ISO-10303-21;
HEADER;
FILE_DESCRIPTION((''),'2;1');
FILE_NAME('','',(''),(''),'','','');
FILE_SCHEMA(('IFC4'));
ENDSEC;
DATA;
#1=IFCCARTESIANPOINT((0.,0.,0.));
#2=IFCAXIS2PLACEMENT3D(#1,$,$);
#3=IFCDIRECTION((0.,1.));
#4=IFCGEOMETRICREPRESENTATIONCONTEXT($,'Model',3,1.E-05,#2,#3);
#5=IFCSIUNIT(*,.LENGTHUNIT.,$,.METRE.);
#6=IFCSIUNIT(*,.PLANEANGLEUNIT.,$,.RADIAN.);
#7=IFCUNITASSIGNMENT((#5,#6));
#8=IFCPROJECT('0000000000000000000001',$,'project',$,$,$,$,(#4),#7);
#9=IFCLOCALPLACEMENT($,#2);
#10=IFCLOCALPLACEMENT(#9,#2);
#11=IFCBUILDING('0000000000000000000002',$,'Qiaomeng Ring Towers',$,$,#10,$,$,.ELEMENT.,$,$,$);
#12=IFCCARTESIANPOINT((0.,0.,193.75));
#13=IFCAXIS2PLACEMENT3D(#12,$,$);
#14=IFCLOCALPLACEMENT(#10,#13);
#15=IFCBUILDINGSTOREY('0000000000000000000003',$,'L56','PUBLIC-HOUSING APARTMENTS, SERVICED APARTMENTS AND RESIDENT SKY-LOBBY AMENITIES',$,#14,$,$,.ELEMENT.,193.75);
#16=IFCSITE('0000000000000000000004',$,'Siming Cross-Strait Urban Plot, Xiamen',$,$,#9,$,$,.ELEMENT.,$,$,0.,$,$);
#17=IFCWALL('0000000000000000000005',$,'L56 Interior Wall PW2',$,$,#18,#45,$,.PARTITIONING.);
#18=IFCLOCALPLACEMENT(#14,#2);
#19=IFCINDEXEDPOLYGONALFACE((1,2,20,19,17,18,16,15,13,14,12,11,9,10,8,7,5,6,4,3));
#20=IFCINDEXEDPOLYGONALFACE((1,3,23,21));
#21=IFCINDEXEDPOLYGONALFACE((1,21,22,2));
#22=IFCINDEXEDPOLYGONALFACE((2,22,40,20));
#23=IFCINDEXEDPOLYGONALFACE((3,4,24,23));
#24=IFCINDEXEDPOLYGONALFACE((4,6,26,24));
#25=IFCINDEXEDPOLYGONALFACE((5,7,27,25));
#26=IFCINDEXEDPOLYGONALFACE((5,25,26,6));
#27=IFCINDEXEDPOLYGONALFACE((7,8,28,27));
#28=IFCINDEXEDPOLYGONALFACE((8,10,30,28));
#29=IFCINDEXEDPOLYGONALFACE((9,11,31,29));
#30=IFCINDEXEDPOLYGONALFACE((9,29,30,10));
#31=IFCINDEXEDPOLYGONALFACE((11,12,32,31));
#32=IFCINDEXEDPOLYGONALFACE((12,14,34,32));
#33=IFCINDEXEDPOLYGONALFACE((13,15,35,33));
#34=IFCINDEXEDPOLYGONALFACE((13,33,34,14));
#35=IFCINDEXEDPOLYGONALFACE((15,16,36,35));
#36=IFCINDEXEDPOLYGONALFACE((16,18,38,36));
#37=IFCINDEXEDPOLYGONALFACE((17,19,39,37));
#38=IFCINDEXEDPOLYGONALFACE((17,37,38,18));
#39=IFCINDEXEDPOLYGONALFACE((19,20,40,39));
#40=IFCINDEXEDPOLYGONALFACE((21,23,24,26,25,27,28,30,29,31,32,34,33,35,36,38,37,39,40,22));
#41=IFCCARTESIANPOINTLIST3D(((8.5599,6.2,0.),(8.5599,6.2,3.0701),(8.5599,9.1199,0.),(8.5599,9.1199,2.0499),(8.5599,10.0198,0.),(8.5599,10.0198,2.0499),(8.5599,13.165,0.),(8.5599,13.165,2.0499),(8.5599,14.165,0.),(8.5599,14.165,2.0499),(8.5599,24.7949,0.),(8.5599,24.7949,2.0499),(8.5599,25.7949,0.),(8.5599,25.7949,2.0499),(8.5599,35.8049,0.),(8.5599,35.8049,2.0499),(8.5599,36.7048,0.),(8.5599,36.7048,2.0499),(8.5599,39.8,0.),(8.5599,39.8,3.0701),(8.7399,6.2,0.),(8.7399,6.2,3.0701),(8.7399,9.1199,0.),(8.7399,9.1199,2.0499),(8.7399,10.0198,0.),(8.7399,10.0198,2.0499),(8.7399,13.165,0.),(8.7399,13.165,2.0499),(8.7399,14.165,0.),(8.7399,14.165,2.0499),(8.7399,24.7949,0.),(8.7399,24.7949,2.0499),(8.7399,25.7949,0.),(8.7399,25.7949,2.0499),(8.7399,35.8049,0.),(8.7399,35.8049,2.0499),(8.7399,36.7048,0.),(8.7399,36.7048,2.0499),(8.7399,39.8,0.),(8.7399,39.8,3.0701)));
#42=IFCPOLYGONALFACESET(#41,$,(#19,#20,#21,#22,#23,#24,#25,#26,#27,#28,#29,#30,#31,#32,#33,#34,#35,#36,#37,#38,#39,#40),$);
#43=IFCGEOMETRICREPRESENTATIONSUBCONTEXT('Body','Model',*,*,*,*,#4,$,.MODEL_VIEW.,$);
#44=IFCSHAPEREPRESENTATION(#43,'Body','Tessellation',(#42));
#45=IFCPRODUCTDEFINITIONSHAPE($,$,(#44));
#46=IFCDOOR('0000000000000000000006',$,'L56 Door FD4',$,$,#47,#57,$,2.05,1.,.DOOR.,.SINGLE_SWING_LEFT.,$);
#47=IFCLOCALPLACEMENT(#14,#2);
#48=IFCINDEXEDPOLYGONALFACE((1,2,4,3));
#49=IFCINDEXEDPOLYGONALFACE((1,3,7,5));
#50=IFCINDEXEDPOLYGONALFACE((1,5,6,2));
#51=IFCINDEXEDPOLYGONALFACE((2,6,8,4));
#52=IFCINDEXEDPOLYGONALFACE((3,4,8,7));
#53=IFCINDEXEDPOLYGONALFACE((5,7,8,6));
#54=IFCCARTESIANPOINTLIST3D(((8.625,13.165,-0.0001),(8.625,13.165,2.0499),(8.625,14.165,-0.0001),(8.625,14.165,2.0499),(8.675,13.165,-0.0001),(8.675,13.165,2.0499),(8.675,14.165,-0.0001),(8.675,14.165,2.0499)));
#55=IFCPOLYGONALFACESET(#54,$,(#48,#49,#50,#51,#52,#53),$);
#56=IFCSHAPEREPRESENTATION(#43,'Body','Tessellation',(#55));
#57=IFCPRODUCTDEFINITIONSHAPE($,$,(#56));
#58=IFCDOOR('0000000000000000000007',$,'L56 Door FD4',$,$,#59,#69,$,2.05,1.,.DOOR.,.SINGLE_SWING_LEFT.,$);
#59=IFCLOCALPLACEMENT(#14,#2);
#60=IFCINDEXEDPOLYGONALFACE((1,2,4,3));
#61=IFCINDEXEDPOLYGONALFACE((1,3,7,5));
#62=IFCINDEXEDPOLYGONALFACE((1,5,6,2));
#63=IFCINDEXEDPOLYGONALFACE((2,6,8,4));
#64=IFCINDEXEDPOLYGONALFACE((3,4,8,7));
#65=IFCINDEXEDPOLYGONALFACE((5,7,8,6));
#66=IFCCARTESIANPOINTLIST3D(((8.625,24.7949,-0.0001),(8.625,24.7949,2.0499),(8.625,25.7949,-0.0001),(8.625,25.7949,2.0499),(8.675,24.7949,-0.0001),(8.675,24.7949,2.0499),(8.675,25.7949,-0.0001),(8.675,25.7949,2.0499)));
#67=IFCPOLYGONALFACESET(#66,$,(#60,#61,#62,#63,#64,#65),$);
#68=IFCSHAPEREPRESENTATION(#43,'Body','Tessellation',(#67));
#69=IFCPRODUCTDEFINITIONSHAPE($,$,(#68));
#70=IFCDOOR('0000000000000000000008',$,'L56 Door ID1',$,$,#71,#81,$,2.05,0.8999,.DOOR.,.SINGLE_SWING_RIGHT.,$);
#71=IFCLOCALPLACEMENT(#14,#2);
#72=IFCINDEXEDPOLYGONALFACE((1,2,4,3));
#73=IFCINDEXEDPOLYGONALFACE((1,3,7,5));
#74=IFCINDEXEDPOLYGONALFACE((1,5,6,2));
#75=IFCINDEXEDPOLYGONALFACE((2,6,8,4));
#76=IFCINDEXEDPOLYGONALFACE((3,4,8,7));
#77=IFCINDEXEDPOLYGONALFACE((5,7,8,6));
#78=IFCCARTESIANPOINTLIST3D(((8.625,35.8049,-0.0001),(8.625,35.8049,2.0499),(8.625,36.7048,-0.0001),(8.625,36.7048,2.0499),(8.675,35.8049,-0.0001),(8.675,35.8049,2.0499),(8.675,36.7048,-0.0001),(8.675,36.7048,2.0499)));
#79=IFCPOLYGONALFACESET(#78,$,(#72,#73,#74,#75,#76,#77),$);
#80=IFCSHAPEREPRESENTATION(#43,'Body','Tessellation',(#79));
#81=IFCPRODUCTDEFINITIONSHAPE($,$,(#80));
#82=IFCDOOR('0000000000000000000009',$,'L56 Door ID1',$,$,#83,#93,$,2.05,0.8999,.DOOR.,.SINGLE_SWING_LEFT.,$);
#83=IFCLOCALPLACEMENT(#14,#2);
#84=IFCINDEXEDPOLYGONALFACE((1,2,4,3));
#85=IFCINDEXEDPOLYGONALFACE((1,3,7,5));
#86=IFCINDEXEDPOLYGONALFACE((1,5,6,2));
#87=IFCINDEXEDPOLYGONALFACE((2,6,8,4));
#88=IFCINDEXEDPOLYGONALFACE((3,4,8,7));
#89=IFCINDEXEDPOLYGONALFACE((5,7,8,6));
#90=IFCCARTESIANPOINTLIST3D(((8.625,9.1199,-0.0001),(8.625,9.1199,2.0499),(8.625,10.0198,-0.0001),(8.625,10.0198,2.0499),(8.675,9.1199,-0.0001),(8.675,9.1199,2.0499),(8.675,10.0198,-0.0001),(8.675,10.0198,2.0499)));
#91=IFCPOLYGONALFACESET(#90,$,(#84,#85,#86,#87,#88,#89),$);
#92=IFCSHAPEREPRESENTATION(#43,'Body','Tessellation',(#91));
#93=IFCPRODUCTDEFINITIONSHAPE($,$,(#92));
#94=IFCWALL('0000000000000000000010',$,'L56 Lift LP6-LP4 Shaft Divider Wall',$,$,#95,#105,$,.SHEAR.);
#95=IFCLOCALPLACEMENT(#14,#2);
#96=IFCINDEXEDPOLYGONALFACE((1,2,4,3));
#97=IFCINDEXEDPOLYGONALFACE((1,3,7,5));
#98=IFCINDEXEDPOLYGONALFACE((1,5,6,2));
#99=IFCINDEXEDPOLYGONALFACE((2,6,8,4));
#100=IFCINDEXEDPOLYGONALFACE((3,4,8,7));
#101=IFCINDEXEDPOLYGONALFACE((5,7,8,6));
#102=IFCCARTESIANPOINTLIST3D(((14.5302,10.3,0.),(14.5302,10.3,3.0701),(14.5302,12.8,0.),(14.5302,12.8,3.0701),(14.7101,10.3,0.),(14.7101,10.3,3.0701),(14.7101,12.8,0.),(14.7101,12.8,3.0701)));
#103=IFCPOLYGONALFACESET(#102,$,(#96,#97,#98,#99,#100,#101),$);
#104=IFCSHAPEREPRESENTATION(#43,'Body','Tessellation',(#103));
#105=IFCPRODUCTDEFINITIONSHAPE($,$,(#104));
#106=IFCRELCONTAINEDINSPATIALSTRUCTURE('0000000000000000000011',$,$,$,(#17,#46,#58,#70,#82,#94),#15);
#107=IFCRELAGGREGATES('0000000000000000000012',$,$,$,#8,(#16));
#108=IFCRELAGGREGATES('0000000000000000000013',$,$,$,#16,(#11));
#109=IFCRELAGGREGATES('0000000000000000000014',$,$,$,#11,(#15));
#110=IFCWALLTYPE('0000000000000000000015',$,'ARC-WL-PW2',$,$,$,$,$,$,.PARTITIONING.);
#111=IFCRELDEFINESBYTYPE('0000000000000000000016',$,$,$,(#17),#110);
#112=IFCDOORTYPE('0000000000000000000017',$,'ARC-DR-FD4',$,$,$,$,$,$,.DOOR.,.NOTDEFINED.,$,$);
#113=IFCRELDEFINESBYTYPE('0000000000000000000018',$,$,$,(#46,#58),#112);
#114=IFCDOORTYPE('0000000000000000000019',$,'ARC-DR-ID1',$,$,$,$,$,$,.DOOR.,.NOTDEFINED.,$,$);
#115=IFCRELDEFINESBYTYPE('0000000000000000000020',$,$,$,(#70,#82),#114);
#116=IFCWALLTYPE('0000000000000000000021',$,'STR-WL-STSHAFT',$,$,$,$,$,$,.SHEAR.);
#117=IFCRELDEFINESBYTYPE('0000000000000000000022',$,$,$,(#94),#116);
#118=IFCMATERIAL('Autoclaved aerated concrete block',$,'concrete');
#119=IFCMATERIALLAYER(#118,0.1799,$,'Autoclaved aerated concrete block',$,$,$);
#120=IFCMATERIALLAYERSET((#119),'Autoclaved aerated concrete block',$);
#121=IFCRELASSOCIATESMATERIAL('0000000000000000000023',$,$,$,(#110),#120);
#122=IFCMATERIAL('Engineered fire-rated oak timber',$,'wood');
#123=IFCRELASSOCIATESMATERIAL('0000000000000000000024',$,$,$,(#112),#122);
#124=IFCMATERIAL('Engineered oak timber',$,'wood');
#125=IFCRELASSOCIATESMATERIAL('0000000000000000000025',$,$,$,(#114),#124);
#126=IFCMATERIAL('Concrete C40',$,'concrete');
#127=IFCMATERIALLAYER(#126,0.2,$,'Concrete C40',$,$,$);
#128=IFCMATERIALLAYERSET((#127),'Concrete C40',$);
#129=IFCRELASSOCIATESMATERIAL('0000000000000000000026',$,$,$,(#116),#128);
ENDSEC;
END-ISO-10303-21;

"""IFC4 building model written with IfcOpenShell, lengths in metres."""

from ifc_helpers import new_model, si_unit, direction, frame, frame_2d, origin, place, context, subcontext, project, spatial, rectangle, extrude, source, transform, mapped, material, layer, layer_set, type_object, element, fill, save


model = new_model("IFC4")

# Units and contexts
model_context = context("Model", 3, precision=1e-05, world=origin(), true_north=direction((0.0, 1.0)))
body_context = subcontext(model_context, "Body", "Model", "MODEL_VIEW")
ifc_project = project(units=[si_unit("LENGTHUNIT", "METRE"), si_unit("PLANEANGLEUNIT", "RADIAN")], contexts=[model_context])

# Site, building, storey
site_placement = place(None, origin())
site = spatial("IfcSite", under=ifc_project, at=site_placement, Name="Siming Cross-Strait Urban Plot, Xiamen", CompositionType="ELEMENT", RefElevation=0.0)
building_placement = place(site_placement, origin())
building = spatial("IfcBuilding", under=site, at=building_placement, Name="Qiaomeng Ring Towers", CompositionType="ELEMENT")
storey_placement = place(building_placement, frame((0.0, 0.0, 193.75)))
storey = spatial("IfcBuildingStorey", under=building, at=storey_placement, Name="L56", Description="PUBLIC-HOUSING APARTMENTS, SERVICED APARTMENTS AND RESIDENT SKY-LOBBY AMENITIES", CompositionType="ELEMENT", Elevation=193.75)

# Shared definitions
ifc_material_1 = material(Name="Autoclaved aerated concrete block", Category="concrete")

# Wall, openings, doors
ifc_layer_1 = layer(ifc_material_1, 0.1799, Name="Autoclaved aerated concrete block")
ifc_layer_set_1 = layer_set([ifc_layer_1], Name="Autoclaved aerated concrete block")
wall_type_1 = type_object("IfcWallType", Name="ARC-WL-PW2", PredefinedType="PARTITIONING", material=ifc_layer_set_1)
wall_1_placement = place(storey_placement, frame((8.6499, 6.2, 0.0), z_axis=(0.0, 0.0, 1.0), x_axis=(0.0, 1.0, 0.0)))
wall_1 = element("IfcWall", 1, at=wall_1_placement, inside=storey, type_object=wall_type_1, Name="L56 Interior Wall PW2", PredefinedType="PARTITIONING", context=body_context, shape_type="SweptSolid", body=[
    extrude(rectangle(XDim=33.6001, YDim=0.1799, at=frame_2d((16.8, 0.0))), origin(), (0.0, 0.0, 1.0), 3.0701),
])
opening_1_placement = place(wall_1_placement, frame((29.605, 0.0, 0.0)))
opening_1 = element("IfcOpeningElement", 2, at=opening_1_placement, cuts=wall_1, PredefinedType="OPENING", context=body_context, shape_type="SweptSolid", body=[
    extrude(rectangle(XDim=0.8999, YDim=2.05, at=frame_2d((0.45, 1.0249))), frame((0.0, 0.0999, 0.0), z_axis=(0.0, -1.0, 0.0), x_axis=(1.0, 0.0, 0.0)), (0.0, 0.0, 1.0), 0.2),
])
opening_2_placement = place(wall_1_placement, frame((2.9199, 0.0, 0.0)))
opening_2 = element("IfcOpeningElement", 3, at=opening_2_placement, cuts=wall_1, PredefinedType="OPENING", context=body_context, shape_type="SweptSolid", body=[
    extrude(rectangle(XDim=0.8999, YDim=2.05, at=frame_2d((0.45, 1.0249))), frame((0.0, 0.0999, 0.0), z_axis=(0.0, -1.0, 0.0), x_axis=(1.0, 0.0, 0.0)), (0.0, 0.0, 1.0), 0.2),
])
opening_3_placement = place(wall_1_placement, frame((6.9651, 0.0, 0.0)))
opening_3 = element("IfcOpeningElement", 4, at=opening_3_placement, cuts=wall_1, PredefinedType="OPENING", context=body_context, shape_type="SweptSolid", body=[
    extrude(rectangle(XDim=1.0, YDim=2.05, at=frame_2d((0.5, 1.0249))), frame((0.0, 0.0999, 0.0), z_axis=(0.0, -1.0, 0.0), x_axis=(1.0, 0.0, 0.0)), (0.0, 0.0, 1.0), 0.2),
])
opening_4_placement = place(wall_1_placement, frame((18.595, 0.0, 0.0)))
opening_4 = element("IfcOpeningElement", 5, at=opening_4_placement, cuts=wall_1, PredefinedType="OPENING", context=body_context, shape_type="SweptSolid", body=[
    extrude(rectangle(XDim=1.0, YDim=2.05, at=frame_2d((0.5, 1.0249))), frame((0.0, 0.0999, 0.0), z_axis=(0.0, -1.0, 0.0), x_axis=(1.0, 0.0, 0.0)), (0.0, 0.0, 1.0), 0.2),
])
ifc_material_2 = material(Name="Engineered fire-rated oak timber", Category="wood")
door_type_1 = type_object("IfcDoorType", Name="ARC-DR-FD4", OperationType="NOTDEFINED", PredefinedType="DOOR", material=ifc_material_2)
shared_shape_1 = source(origin(), body_context, "Body", "SweptSolid", [
    extrude(rectangle(XDim=1.0, YDim=2.05, at=frame_2d((0.5, 1.0249))), frame((0.0, 0.0249, 0.0), z_axis=(0.0, -1.0, 0.0), x_axis=(1.0, 0.0, 0.0)), (0.0, 0.0, 1.0), 0.05),
])
door_1_placement = place(opening_3_placement, origin())
door_1 = element("IfcDoor", 6, at=door_1_placement, inside=storey, type_object=door_type_1, Name="L56 Door FD4", OperationType="SINGLE_SWING_LEFT", OverallHeight=2.05, OverallWidth=1.0, PredefinedType="DOOR", context=body_context, shape_type="MappedRepresentation", body=[
    mapped(shared_shape_1, transform((0.0, 0.0, 0.0), x_axis=(1.0, 0.0, 0.0), y_axis=(0.0, 1.0, 0.0), z_axis=(0.0, 0.0, 1.0), scale=1.0)),
])
fill(opening_3, door_1)
door_2_placement = place(opening_4_placement, origin())
door_2 = element("IfcDoor", 7, at=door_2_placement, inside=storey, type_object=door_type_1, Name="L56 Door FD4", OperationType="SINGLE_SWING_LEFT", OverallHeight=2.05, OverallWidth=1.0, PredefinedType="DOOR", context=body_context, shape_type="MappedRepresentation", body=[
    mapped(shared_shape_1, transform((0.0, 0.0, 0.0), x_axis=(1.0, 0.0, 0.0), y_axis=(0.0, 1.0, 0.0), z_axis=(0.0, 0.0, 1.0), scale=1.0)),
])
fill(opening_4, door_2)
ifc_material_3 = material(Name="Engineered oak timber", Category="wood")
door_type_2 = type_object("IfcDoorType", Name="ARC-DR-ID1", OperationType="NOTDEFINED", PredefinedType="DOOR", material=ifc_material_3)
shared_shape_2 = source(origin(), body_context, "Body", "SweptSolid", [
    extrude(rectangle(XDim=0.8999, YDim=2.05, at=frame_2d((0.45, 1.0249))), frame((0.0, 0.0249, 0.0), z_axis=(0.0, -1.0, 0.0), x_axis=(1.0, 0.0, 0.0)), (0.0, 0.0, 1.0), 0.05),
])
door_3_placement = place(opening_1_placement, origin())
door_3 = element("IfcDoor", 8, at=door_3_placement, inside=storey, type_object=door_type_2, Name="L56 Door ID1", OperationType="SINGLE_SWING_RIGHT", OverallHeight=2.05, OverallWidth=0.8999, PredefinedType="DOOR", context=body_context, shape_type="MappedRepresentation", body=[
    mapped(shared_shape_2, transform((0.0, 0.0, 0.0), x_axis=(1.0, 0.0, 0.0), y_axis=(0.0, 1.0, 0.0), z_axis=(0.0, 0.0, 1.0), scale=1.0)),
])
fill(opening_1, door_3)
door_4_placement = place(opening_2_placement, origin())
door_4 = element("IfcDoor", 9, at=door_4_placement, inside=storey, type_object=door_type_2, Name="L56 Door ID1", OperationType="SINGLE_SWING_LEFT", OverallHeight=2.05, OverallWidth=0.8999, PredefinedType="DOOR", context=body_context, shape_type="MappedRepresentation", body=[
    mapped(shared_shape_2, transform((0.0, 0.0, 0.0), x_axis=(1.0, 0.0, 0.0), y_axis=(0.0, 1.0, 0.0), z_axis=(0.0, 0.0, 1.0), scale=1.0)),
])
fill(opening_2, door_4)

# Wall
ifc_material_4 = material(Name="Concrete C40", Category="concrete")
ifc_layer_2 = layer(ifc_material_4, 0.2, Name="Concrete C40")
ifc_layer_set_2 = layer_set([ifc_layer_2], Name="Concrete C40")
wall_type_2 = type_object("IfcWallType", Name="STR-WL-STSHAFT", PredefinedType="SHEAR", material=ifc_layer_set_2)
wall_2_placement = place(storey_placement, frame((14.6201, 10.3, 0.0), z_axis=(0.0, 0.0, 1.0), x_axis=(0.0, 1.0, 0.0)))
element("IfcWall", 10, at=wall_2_placement, inside=storey, type_object=wall_type_2, Name="L56 Lift LP6-LP4 Shaft Divider Wall", PredefinedType="SHEAR", context=body_context, shape_type="SweptSolid", body=[
    extrude(rectangle(XDim=2.5, YDim=0.1799, at=frame_2d((1.25, 0.0))), origin(), (0.0, 0.0, 1.0), 3.0701),
])

save(model, "model.ifc")
